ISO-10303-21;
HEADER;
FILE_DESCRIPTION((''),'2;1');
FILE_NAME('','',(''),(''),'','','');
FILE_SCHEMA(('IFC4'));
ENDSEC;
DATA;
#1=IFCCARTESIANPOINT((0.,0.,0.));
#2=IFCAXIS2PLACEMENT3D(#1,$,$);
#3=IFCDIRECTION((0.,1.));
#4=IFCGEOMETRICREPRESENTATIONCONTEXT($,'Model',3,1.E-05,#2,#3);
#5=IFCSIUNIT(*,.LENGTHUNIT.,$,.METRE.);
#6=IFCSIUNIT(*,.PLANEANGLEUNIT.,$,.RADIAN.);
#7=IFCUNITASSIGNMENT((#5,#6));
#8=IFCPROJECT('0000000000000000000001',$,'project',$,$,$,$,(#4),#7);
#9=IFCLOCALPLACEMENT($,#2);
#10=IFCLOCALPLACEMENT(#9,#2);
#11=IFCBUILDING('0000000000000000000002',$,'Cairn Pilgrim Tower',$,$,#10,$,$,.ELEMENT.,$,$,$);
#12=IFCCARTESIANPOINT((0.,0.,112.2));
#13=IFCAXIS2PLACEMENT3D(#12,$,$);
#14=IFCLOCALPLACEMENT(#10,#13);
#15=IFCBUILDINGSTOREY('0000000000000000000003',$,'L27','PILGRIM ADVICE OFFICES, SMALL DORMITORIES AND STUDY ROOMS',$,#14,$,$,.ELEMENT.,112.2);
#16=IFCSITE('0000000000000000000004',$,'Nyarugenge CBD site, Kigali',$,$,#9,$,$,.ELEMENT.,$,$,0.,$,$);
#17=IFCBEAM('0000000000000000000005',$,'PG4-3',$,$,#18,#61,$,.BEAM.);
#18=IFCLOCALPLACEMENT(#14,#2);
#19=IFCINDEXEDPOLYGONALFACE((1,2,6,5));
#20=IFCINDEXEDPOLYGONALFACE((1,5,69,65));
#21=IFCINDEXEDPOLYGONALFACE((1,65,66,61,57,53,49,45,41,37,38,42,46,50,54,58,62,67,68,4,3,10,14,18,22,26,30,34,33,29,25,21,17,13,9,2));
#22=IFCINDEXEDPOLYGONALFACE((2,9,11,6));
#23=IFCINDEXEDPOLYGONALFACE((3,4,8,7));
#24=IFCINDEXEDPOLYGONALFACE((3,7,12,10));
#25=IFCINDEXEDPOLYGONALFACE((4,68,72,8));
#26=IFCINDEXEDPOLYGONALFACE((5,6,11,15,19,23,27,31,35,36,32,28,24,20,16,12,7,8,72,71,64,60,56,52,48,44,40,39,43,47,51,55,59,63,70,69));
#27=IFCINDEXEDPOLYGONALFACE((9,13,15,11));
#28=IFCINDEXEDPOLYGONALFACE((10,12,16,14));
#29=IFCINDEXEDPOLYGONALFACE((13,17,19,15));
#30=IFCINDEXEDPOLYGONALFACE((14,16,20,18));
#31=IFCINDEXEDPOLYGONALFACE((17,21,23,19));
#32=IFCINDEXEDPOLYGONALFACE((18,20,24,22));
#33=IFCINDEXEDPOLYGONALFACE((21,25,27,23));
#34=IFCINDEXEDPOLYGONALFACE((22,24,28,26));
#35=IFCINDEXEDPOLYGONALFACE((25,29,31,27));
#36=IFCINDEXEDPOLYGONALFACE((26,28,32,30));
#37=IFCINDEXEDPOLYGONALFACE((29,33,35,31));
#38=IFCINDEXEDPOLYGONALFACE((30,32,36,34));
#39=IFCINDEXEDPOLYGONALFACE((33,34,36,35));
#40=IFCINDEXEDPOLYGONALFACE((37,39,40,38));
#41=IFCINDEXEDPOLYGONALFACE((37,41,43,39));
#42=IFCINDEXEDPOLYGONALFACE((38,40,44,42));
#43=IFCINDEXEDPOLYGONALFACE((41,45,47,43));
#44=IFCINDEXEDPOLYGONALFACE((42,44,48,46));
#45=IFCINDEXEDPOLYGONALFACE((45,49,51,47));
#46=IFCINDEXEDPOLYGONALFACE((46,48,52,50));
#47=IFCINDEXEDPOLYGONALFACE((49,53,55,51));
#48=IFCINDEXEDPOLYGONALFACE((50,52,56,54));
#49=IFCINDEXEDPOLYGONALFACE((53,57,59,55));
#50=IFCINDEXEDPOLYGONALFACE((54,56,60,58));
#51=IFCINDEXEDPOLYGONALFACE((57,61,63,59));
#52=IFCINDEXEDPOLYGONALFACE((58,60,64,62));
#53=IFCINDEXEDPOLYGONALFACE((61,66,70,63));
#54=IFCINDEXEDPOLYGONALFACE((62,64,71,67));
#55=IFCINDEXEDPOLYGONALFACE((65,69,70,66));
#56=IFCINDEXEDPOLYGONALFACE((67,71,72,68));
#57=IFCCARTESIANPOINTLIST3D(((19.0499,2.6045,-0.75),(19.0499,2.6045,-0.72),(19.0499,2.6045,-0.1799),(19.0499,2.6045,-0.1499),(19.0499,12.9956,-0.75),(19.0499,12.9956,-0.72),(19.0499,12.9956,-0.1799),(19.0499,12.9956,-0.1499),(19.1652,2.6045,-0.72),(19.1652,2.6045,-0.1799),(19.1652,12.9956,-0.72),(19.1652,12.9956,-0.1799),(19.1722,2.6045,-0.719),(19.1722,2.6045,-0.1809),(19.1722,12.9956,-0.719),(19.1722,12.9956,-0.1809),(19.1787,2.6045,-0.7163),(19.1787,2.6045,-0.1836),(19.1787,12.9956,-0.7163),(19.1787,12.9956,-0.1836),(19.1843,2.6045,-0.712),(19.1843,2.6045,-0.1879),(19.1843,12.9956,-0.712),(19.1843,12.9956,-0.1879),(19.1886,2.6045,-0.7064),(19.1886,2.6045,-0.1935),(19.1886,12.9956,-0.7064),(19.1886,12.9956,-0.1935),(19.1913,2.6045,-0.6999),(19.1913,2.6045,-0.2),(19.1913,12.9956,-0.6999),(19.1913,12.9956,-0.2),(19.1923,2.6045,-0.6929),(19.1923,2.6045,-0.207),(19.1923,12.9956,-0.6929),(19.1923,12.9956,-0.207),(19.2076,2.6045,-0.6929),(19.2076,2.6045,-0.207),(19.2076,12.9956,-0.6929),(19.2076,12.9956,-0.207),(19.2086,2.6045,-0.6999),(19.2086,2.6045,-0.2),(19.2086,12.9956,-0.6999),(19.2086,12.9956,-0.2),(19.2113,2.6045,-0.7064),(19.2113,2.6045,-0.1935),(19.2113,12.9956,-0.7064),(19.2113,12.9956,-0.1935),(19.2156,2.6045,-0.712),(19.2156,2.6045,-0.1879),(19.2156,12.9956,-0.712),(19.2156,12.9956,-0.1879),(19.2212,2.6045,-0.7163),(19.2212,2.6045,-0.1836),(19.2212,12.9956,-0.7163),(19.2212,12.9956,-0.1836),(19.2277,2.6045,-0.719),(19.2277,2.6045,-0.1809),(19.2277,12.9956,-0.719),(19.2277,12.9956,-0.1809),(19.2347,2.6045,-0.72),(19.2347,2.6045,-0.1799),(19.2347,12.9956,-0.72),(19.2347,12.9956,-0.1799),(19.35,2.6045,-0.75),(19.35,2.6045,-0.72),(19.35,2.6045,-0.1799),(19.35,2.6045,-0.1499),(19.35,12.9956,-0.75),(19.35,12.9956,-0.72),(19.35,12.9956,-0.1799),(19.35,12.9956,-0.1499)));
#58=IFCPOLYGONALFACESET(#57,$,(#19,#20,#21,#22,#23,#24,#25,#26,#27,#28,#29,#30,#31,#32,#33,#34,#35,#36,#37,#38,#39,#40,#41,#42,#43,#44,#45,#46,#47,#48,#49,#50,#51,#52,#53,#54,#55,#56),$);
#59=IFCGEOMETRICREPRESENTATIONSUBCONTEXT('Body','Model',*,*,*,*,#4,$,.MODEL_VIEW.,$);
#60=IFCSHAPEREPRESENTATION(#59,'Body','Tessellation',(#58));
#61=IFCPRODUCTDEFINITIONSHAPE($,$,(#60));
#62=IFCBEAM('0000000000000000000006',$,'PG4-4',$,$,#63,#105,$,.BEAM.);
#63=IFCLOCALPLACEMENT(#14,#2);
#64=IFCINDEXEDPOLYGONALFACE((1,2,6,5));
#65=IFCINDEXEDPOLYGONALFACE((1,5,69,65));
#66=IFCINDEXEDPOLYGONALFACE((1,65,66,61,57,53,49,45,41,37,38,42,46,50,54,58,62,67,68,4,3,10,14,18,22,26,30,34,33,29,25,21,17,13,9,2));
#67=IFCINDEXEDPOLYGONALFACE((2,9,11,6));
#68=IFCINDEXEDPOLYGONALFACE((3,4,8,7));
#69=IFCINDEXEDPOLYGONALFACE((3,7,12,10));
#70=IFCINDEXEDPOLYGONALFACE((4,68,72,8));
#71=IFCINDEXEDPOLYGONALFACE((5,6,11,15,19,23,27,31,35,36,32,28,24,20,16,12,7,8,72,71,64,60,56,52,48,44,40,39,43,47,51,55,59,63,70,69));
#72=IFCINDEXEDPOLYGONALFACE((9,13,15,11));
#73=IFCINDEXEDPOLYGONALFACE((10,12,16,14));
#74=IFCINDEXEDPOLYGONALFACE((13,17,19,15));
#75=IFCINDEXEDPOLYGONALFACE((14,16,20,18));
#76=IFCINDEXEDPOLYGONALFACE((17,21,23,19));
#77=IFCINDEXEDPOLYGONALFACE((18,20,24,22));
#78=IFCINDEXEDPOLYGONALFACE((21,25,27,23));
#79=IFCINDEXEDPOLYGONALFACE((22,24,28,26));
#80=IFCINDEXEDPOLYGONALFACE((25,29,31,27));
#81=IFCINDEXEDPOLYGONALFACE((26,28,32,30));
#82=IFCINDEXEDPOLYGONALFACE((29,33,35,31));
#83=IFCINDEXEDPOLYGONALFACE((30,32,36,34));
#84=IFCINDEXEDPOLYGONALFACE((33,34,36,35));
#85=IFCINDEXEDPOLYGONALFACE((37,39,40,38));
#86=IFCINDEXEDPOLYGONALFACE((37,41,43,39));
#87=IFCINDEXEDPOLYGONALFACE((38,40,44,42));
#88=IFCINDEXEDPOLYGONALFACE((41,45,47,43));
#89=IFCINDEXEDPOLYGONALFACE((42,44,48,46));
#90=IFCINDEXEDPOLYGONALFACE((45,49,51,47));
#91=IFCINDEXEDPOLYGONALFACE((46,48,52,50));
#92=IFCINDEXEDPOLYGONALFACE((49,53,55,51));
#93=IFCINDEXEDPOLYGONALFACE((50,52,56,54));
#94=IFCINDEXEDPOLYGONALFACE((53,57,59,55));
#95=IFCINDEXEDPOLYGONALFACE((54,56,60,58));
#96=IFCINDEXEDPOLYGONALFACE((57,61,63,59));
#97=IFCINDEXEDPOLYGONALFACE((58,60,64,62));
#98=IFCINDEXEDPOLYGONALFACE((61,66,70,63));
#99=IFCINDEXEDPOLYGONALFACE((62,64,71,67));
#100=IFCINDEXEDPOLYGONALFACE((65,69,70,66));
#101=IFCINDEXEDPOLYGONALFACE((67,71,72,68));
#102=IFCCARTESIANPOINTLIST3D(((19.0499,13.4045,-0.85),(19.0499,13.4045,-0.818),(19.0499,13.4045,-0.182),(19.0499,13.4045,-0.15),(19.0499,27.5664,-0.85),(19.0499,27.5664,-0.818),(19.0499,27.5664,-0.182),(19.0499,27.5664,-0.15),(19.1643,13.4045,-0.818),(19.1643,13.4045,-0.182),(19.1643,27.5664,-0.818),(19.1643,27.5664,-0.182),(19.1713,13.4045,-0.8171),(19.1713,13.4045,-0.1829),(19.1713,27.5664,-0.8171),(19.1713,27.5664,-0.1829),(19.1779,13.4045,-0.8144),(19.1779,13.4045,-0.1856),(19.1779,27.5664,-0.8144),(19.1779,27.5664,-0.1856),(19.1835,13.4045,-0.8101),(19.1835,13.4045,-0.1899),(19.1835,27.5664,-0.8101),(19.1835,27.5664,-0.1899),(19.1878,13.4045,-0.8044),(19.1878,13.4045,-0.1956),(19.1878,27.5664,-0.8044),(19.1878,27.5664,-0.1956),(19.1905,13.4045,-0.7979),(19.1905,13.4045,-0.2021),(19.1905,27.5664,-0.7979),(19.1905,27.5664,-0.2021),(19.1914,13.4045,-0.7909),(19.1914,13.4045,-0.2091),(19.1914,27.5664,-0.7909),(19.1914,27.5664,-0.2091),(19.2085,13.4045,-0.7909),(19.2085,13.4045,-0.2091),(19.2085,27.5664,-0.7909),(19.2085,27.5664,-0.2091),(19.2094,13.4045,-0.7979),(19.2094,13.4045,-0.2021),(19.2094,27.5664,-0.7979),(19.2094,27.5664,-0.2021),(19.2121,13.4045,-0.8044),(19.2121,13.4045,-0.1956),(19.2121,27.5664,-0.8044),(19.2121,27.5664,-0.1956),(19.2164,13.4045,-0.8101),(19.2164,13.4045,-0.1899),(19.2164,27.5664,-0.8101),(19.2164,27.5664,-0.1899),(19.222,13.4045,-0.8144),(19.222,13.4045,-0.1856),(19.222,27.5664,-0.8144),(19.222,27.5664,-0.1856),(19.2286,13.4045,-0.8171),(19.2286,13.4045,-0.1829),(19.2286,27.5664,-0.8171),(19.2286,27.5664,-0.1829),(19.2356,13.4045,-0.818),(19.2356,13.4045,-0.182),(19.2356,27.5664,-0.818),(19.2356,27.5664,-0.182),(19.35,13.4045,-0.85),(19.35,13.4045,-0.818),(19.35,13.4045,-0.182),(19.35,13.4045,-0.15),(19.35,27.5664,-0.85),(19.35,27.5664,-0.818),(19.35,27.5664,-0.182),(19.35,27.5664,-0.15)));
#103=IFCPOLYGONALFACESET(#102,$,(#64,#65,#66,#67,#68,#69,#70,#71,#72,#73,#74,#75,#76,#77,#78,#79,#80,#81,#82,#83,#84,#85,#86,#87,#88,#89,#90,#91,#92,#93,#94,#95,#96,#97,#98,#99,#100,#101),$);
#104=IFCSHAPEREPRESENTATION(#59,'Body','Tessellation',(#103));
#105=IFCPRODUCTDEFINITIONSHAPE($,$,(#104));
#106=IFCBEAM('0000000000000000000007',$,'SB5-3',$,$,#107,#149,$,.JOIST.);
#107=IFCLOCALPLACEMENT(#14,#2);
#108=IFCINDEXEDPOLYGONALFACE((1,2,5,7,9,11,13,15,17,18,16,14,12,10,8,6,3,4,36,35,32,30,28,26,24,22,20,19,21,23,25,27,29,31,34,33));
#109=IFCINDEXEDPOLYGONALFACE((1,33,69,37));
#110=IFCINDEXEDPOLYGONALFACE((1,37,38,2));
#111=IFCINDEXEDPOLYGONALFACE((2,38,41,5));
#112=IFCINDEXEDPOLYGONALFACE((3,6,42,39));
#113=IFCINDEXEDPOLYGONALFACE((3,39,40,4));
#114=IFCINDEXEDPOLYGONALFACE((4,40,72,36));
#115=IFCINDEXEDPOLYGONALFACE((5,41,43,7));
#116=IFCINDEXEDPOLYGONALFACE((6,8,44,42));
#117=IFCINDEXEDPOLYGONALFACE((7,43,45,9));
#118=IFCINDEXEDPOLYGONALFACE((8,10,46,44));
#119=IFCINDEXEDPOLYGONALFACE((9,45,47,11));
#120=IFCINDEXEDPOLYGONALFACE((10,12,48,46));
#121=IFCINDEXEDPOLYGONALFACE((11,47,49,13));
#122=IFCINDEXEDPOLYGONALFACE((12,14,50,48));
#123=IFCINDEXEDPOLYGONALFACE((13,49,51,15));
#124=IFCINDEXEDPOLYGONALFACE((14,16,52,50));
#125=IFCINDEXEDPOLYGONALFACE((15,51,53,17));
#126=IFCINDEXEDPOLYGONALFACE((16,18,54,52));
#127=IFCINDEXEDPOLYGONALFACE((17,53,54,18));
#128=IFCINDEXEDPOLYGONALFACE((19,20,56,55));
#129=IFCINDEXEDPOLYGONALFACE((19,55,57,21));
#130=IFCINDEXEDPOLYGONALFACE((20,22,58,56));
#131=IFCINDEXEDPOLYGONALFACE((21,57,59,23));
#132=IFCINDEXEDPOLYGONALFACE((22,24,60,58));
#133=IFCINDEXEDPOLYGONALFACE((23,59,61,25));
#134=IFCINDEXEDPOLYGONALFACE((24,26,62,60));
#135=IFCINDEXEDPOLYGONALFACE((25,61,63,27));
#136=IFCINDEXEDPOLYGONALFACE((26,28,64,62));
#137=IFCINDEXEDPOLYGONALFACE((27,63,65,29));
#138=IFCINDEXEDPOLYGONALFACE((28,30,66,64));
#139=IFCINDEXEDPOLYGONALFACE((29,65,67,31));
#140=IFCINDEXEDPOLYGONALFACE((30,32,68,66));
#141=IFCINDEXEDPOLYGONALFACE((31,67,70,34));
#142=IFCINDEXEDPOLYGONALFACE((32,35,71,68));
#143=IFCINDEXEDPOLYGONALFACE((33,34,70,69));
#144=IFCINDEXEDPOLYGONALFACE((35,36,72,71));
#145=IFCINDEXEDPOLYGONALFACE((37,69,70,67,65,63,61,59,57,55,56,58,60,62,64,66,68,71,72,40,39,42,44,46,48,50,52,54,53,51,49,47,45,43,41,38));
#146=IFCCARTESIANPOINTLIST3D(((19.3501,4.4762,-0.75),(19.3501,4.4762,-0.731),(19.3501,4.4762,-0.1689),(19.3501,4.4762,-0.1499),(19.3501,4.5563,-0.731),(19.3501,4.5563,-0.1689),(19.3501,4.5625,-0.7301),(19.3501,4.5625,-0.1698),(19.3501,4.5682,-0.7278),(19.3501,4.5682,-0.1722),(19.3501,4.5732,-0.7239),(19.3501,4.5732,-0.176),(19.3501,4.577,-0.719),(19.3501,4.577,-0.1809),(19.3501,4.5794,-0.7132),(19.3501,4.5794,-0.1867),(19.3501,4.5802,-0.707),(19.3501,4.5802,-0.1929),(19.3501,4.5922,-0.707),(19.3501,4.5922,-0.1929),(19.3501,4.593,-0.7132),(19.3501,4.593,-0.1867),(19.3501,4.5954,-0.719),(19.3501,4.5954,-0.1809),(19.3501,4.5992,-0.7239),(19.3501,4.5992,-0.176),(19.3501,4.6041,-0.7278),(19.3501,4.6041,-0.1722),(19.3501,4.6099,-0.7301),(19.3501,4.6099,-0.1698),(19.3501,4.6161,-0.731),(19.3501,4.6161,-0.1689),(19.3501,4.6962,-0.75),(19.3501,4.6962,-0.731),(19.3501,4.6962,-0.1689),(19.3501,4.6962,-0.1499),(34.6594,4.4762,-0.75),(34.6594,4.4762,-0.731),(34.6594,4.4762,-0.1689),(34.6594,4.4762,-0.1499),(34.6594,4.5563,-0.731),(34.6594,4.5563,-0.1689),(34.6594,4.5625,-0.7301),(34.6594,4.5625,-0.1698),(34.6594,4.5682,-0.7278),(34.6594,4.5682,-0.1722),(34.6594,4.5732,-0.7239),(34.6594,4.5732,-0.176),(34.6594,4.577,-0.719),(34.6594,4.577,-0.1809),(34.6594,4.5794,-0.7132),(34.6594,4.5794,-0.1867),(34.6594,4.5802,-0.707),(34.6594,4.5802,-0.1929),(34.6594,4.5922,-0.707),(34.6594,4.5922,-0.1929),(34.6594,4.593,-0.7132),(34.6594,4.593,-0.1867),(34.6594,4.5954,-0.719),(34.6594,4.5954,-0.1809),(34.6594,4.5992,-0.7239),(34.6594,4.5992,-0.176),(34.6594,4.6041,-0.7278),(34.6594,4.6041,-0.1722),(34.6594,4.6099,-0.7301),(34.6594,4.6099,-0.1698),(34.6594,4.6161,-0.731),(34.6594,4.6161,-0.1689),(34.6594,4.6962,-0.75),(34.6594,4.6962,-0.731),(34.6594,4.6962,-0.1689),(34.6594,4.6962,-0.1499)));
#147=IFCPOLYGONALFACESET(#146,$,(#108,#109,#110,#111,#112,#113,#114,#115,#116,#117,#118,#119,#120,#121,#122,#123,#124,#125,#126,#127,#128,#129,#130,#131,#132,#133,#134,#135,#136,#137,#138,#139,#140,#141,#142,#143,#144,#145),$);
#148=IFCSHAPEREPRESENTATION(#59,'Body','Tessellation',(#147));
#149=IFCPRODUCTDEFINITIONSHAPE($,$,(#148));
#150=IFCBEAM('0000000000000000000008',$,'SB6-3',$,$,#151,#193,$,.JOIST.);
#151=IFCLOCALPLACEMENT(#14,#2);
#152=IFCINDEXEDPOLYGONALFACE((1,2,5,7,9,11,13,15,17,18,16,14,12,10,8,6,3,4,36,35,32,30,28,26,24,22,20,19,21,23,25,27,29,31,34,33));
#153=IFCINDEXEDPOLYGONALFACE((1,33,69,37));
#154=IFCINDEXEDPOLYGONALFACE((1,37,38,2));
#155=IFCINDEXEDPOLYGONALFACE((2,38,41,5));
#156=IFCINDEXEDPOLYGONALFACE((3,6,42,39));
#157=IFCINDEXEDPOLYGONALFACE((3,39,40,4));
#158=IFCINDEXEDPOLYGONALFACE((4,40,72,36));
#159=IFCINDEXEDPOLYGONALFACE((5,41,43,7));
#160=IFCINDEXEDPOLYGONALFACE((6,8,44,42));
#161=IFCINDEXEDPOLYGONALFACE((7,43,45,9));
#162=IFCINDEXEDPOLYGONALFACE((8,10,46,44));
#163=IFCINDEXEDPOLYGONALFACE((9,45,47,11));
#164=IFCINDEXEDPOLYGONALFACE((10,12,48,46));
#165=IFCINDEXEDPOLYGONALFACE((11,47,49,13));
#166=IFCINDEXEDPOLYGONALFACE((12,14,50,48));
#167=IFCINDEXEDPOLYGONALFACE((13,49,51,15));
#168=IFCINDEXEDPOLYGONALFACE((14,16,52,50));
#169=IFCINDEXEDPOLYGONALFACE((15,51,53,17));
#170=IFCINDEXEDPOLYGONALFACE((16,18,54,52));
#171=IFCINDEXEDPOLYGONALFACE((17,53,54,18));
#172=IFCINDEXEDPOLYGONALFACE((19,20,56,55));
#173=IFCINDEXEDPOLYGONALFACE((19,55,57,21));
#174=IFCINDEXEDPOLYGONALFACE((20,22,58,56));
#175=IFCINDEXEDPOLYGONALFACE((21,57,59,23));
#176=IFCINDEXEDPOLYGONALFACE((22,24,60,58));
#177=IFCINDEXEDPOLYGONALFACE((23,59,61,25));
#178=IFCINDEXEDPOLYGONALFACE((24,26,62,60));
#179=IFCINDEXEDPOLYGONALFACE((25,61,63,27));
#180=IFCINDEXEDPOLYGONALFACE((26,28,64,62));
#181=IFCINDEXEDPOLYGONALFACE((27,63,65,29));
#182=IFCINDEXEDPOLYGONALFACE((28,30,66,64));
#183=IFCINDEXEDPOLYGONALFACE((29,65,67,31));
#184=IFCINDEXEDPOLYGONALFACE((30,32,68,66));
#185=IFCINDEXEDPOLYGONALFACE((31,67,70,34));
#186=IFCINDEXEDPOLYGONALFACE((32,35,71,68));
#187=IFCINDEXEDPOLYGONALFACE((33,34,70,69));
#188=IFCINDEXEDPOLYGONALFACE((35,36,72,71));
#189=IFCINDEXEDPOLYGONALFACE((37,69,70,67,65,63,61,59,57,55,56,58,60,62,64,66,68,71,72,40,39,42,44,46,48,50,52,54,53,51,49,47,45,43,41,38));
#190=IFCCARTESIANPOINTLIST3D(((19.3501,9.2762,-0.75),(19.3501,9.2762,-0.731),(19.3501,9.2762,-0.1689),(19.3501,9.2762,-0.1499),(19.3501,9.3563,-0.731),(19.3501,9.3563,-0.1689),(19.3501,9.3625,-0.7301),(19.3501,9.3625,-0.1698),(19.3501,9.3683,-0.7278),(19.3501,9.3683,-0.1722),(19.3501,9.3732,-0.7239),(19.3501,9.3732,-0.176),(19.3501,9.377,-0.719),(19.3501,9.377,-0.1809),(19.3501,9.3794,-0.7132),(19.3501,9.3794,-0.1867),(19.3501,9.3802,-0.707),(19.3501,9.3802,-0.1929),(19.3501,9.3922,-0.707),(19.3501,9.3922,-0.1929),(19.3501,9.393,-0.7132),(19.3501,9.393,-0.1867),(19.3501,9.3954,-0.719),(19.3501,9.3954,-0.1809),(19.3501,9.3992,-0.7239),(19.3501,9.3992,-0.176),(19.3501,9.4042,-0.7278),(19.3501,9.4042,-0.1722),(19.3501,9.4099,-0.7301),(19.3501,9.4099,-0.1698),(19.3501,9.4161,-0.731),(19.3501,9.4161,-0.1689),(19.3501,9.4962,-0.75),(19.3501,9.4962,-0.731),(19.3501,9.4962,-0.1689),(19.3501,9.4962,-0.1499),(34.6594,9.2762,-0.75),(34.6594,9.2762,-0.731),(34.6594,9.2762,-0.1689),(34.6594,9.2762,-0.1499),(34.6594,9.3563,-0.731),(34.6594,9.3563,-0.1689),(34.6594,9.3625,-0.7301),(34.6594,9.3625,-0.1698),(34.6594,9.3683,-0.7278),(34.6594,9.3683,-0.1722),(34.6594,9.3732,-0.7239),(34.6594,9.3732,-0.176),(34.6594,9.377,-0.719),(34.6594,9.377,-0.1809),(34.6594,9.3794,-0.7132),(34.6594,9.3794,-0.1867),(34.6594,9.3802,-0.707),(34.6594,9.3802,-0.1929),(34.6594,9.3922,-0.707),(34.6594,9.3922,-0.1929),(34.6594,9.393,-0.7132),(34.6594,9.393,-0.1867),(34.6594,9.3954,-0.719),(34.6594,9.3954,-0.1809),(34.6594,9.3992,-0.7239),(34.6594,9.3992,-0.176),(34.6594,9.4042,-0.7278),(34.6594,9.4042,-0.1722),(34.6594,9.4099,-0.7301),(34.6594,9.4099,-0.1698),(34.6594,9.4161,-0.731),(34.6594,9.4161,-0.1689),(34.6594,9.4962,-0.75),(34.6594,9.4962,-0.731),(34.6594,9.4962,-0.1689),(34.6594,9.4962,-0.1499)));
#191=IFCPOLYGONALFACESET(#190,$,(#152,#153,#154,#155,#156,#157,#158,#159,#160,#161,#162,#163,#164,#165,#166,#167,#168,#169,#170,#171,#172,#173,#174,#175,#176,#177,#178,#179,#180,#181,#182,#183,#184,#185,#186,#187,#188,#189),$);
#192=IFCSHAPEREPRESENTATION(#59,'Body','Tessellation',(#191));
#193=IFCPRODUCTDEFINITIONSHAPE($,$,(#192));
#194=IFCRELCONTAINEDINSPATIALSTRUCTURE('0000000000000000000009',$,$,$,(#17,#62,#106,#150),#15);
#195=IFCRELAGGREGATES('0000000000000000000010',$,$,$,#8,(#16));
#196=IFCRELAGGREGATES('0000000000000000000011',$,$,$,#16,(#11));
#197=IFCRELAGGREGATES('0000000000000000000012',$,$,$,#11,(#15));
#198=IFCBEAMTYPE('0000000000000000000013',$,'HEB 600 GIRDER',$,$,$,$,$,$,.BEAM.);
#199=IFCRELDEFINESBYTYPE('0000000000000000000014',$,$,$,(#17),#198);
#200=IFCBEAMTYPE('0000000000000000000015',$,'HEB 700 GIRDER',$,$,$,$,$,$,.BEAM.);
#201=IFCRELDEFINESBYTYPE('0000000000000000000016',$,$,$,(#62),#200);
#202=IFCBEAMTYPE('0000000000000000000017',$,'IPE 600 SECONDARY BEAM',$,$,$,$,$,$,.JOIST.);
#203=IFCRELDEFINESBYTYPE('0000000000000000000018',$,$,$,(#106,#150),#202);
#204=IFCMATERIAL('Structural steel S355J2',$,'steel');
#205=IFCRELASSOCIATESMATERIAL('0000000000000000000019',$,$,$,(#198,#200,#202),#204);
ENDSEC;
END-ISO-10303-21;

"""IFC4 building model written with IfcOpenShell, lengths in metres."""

from ifc_helpers import new_model, si_unit, direction, frame, origin, origin_2d, place, context, subcontext, project, spatial, i_section, extrude, material, material_profile, profile_set, type_object, element, save


model = new_model("IFC4")

# Units and contexts
model_context = context("Model", 3, precision=1e-05, world=origin(), true_north=direction((0.0, 1.0)))
body_context = subcontext(model_context, "Body", "Model", "MODEL_VIEW")
ifc_project = project(units=[si_unit("LENGTHUNIT", "METRE"), si_unit("PLANEANGLEUNIT", "RADIAN")], contexts=[model_context])

# Site, building, storey
site_placement = place(None, origin())
site = spatial("IfcSite", under=ifc_project, at=site_placement, Name="Nyarugenge CBD site, Kigali", CompositionType="ELEMENT", RefElevation=0.0)
building_placement = place(site_placement, origin())
building = spatial("IfcBuilding", under=site, at=building_placement, Name="Cairn Pilgrim Tower", CompositionType="ELEMENT")
storey_placement = place(building_placement, frame((0.0, 0.0, 112.2)))
storey = spatial("IfcBuildingStorey", under=building, at=storey_placement, Name="L27", Description="PILGRIM ADVICE OFFICES, SMALL DORMITORIES AND STUDY ROOMS", CompositionType="ELEMENT", Elevation=112.2)

# Beams
ifc_material_1 = material(Name="Structural steel S355J2", Category="steel")
ifc_material_profile_1 = material_profile(ifc_material_1, i_section(OverallWidth=0.3, OverallDepth=0.6001, WebThickness=0.0154, FlangeThickness=0.03, FilletRadius=0.0271, at=origin_2d()), Name="HEB 600")
ifc_profile_set_1 = profile_set([ifc_material_profile_1], Name="Structural steel S355J2")
beam_type_1 = type_object("IfcBeamType", Name="HEB 600 GIRDER", PredefinedType="BEAM", material=ifc_profile_set_1)
beam_1_placement = place(storey_placement, frame((19.2, 2.6045, -0.45), z_axis=(0.0, 1.0, 0.0), x_axis=(-1.0, 0.0, 0.0)))
element("IfcBeam", 1, at=beam_1_placement, inside=storey, type_object=beam_type_1, Name="PG4-3", PredefinedType="BEAM", context=body_context, shape_type="SweptSolid", body=[
    extrude(i_section(OverallWidth=0.3, OverallDepth=0.6001, WebThickness=0.0154, FlangeThickness=0.03, FilletRadius=0.0271, at=origin_2d()), origin(), (0.0, 0.0, 1.0), 10.3911),
])
ifc_material_profile_2 = material_profile(ifc_material_1, i_section(OverallWidth=0.3, OverallDepth=0.7, WebThickness=0.0171, FlangeThickness=0.032, FilletRadius=0.0271, at=origin_2d()), Name="HEB 700")
ifc_profile_set_2 = profile_set([ifc_material_profile_2], Name="Structural steel S355J2")
beam_type_2 = type_object("IfcBeamType", Name="HEB 700 GIRDER", PredefinedType="BEAM", material=ifc_profile_set_2)
beam_2_placement = place(storey_placement, frame((19.2, 13.4045, -0.5), z_axis=(0.0, 1.0, 0.0), x_axis=(-1.0, 0.0, 0.0)))
element("IfcBeam", 2, at=beam_2_placement, inside=storey, type_object=beam_type_2, Name="PG4-4", PredefinedType="BEAM", context=body_context, shape_type="SweptSolid", body=[
    extrude(i_section(OverallWidth=0.3, OverallDepth=0.7, WebThickness=0.0171, FlangeThickness=0.032, FilletRadius=0.0271, at=origin_2d()), origin(), (0.0, 0.0, 1.0), 14.1619),
])
ifc_material_profile_3 = material_profile(ifc_material_1, i_section(OverallWidth=0.22, OverallDepth=0.6001, WebThickness=0.012, FlangeThickness=0.019, FilletRadius=0.0239, at=origin_2d()), Name="IPE 600")
ifc_profile_set_3 = profile_set([ifc_material_profile_3], Name="Structural steel S355J2")
beam_type_3 = type_object("IfcBeamType", Name="IPE 600 SECONDARY BEAM", PredefinedType="JOIST", material=ifc_profile_set_3)
for number, where, z_axis, x_axis, name in (
    (3, (19.3501, 4.5862, -0.45), (1.0, 0.0, 0.0), (0.0, 1.0, 0.0), "SB5-3"),
    (4, (19.3501, 9.3862, -0.45), (1.0, 0.0, 0.0), (0.0, 1.0, 0.0), "SB6-3"),
):
    element("IfcBeam", number, at=place(storey_placement, frame(where, z_axis=z_axis, x_axis=x_axis)), inside=storey, type_object=beam_type_3, Name=name, PredefinedType="JOIST", context=body_context, shape_type="SweptSolid", body=[
        extrude(i_section(OverallWidth=0.22, OverallDepth=0.6001, WebThickness=0.012, FlangeThickness=0.019, FilletRadius=0.0239, at=origin_2d()), origin(), (0.0, 0.0, 1.0), 15.3093),
    ])

save(model, "model.ifc")
